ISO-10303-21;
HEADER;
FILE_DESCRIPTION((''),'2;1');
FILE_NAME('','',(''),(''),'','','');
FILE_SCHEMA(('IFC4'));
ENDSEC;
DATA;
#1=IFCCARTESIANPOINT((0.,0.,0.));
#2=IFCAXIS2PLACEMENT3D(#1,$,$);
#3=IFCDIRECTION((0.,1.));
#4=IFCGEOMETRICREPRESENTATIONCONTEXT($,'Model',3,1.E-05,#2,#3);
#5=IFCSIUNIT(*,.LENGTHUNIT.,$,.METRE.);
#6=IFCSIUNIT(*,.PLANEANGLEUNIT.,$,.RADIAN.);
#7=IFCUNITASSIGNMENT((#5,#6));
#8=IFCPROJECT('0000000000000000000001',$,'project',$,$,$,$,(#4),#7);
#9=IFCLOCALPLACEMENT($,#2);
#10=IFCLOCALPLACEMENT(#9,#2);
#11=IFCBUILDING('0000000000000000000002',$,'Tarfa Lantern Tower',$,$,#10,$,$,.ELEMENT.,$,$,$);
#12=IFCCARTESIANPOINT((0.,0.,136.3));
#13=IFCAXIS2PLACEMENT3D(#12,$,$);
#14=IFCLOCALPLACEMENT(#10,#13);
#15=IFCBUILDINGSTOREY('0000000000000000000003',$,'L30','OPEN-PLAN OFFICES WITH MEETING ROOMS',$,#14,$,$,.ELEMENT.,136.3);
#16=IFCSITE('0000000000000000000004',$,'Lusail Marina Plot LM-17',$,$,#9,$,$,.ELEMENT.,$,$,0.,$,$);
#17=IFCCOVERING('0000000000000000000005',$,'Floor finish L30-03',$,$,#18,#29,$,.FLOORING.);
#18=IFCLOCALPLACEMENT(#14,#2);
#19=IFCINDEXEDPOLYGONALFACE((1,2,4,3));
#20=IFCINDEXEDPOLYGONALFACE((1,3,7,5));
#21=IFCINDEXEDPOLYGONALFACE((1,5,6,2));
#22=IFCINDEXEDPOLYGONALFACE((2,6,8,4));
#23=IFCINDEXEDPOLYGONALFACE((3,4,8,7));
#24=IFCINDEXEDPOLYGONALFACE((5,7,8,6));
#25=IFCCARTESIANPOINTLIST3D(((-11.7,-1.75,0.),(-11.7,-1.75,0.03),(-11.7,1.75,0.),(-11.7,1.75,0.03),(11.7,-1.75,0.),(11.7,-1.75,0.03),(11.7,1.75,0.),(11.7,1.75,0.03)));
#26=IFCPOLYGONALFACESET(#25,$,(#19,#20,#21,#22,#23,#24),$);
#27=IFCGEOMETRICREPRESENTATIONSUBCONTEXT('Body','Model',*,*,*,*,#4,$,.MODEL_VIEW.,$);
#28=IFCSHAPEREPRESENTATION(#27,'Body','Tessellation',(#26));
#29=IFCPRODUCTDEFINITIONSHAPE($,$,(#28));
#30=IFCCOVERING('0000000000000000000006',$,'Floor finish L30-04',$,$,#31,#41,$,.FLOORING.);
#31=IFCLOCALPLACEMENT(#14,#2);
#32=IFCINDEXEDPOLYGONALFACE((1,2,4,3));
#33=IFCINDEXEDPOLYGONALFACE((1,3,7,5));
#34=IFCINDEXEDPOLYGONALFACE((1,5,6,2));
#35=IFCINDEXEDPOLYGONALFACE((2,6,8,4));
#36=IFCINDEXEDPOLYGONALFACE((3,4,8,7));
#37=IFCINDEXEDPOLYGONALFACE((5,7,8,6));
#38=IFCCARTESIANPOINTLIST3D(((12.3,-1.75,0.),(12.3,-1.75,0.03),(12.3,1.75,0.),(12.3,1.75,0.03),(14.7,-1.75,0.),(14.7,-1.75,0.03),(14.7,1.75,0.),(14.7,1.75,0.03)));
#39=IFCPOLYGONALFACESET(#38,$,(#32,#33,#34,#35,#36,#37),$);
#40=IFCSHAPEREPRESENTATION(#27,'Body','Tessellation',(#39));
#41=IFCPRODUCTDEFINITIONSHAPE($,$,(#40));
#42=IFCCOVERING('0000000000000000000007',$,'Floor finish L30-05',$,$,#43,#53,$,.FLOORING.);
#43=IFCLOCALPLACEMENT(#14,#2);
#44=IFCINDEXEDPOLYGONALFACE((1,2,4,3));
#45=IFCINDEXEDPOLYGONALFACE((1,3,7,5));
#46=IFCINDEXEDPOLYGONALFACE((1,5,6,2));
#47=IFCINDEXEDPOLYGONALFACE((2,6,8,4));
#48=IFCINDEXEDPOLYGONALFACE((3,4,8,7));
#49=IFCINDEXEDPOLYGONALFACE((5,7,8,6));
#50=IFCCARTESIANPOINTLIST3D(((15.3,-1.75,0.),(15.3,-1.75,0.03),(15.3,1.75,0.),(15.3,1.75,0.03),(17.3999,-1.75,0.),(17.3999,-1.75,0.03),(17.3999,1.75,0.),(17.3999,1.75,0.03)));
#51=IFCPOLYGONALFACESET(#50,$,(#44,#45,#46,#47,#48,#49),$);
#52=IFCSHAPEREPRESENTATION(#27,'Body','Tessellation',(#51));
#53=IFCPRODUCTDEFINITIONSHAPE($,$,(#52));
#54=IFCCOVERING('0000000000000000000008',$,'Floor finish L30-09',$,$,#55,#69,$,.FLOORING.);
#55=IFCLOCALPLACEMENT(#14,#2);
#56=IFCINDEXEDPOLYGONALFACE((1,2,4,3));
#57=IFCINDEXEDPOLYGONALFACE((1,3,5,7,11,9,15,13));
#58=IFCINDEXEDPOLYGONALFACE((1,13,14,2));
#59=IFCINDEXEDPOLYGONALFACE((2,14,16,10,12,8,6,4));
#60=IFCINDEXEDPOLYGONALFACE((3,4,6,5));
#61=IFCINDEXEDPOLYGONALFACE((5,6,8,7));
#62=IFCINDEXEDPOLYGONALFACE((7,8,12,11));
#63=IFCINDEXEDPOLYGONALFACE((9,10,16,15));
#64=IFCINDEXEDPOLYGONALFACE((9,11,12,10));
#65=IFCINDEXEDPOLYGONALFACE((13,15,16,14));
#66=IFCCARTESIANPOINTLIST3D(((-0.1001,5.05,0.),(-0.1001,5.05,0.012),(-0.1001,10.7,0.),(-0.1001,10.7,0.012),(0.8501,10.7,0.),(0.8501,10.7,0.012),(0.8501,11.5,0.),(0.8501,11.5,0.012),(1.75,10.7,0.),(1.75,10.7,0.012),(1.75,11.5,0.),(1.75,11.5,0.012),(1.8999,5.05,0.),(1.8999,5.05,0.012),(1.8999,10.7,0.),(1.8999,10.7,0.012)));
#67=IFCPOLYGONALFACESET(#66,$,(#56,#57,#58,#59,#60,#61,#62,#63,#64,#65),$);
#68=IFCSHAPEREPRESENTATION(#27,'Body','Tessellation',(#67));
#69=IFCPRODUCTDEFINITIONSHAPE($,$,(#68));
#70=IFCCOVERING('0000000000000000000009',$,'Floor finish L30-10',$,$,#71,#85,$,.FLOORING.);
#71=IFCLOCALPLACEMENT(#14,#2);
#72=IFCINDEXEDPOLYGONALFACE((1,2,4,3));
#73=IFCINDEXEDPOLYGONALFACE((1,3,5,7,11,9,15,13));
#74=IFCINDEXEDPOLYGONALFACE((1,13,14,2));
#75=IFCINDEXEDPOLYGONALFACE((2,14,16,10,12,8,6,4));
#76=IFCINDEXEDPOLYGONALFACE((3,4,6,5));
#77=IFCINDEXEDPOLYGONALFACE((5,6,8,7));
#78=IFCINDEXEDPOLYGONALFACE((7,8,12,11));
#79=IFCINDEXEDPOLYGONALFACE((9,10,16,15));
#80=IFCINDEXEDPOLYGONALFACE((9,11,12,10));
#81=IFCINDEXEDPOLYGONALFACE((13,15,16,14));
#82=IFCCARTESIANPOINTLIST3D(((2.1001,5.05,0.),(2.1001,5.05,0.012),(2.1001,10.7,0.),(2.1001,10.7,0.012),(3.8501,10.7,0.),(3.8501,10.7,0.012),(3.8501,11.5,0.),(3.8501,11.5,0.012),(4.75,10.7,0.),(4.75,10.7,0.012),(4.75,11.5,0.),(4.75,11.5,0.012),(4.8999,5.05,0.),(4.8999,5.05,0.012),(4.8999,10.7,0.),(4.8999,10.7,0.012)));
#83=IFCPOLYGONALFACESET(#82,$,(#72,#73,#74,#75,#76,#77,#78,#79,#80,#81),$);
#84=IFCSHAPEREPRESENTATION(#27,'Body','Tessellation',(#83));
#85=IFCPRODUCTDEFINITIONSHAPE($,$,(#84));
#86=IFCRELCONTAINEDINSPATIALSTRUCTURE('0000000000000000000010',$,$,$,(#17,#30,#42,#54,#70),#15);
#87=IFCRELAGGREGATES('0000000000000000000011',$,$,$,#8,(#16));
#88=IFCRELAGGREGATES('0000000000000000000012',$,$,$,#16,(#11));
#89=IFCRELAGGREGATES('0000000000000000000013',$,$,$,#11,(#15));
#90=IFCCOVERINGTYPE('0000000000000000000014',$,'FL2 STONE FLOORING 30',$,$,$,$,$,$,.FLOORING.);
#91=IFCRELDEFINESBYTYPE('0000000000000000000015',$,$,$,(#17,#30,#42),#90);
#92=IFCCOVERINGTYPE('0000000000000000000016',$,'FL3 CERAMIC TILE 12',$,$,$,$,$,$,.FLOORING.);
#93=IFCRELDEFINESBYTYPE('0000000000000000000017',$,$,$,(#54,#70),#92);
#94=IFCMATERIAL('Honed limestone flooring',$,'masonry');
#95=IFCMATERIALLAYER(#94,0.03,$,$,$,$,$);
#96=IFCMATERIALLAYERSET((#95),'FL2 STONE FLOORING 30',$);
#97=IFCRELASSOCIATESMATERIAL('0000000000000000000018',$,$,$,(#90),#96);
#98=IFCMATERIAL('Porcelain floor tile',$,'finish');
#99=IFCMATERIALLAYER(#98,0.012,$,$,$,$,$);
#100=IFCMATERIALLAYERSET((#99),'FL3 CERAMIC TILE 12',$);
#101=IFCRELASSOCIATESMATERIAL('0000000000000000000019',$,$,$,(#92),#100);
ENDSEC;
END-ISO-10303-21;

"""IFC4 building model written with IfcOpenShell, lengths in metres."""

from ifc_helpers import new_model, si_unit, direction, frame, origin, place, context, subcontext, project, spatial, polyline, outline, extrude, material, layer, layer_set, type_object, element, save


model = new_model("IFC4")

# Units and contexts
model_context = context("Model", 3, precision=1e-05, world=origin(), true_north=direction((0.0, 1.0)))
body_context = subcontext(model_context, "Body", "Model", "MODEL_VIEW")
ifc_project = project(units=[si_unit("LENGTHUNIT", "METRE"), si_unit("PLANEANGLEUNIT", "RADIAN")], contexts=[model_context])

# Site, building, storey
site_placement = place(None, origin())
site = spatial("IfcSite", under=ifc_project, at=site_placement, Name="Lusail Marina Plot LM-17", CompositionType="ELEMENT", RefElevation=0.0)
building_placement = place(site_placement, origin())
building = spatial("IfcBuilding", under=site, at=building_placement, Name="Tarfa Lantern Tower", CompositionType="ELEMENT")
storey_placement = place(building_placement, frame((0.0, 0.0, 136.3)))
storey = spatial("IfcBuildingStorey", under=building, at=storey_placement, Name="L30", Description="OPEN-PLAN OFFICES WITH MEETING ROOMS", CompositionType="ELEMENT", Elevation=136.3)

# Coverings
ifc_material_1 = material(Name="Honed limestone flooring", Category="masonry")
ifc_layer_1 = layer(ifc_material_1, 0.03)
ifc_layer_set_1 = layer_set([ifc_layer_1], Name="FL2 STONE FLOORING 30")
covering_type_1 = type_object("IfcCoveringType", Name="FL2 STONE FLOORING 30", PredefinedType="FLOORING", material=ifc_layer_set_1)
covering_1_placement = place(storey_placement, origin())
element("IfcCovering", 1, at=covering_1_placement, inside=storey, type_object=covering_type_1, Name="Floor finish L30-03", PredefinedType="FLOORING", context=body_context, shape_type="SweptSolid", body=[
    extrude(outline(polyline([(-11.7, -1.75), (11.7, -1.75), (11.7, 1.75), (-11.7, 1.75), (-11.7, -1.75)])), origin(), (0.0, 0.0, 1.0), 0.03),
])
covering_2_placement = place(storey_placement, origin())
element("IfcCovering", 2, at=covering_2_placement, inside=storey, type_object=covering_type_1, Name="Floor finish L30-04", PredefinedType="FLOORING", context=body_context, shape_type="SweptSolid", body=[
    extrude(outline(polyline([(12.3, -1.75), (14.7, -1.75), (14.7, 1.75), (12.3, 1.75), (12.3, -1.75)])), origin(), (0.0, 0.0, 1.0), 0.03),
])
covering_3_placement = place(storey_placement, origin())
element("IfcCovering", 3, at=covering_3_placement, inside=storey, type_object=covering_type_1, Name="Floor finish L30-05", PredefinedType="FLOORING", context=body_context, shape_type="SweptSolid", body=[
    extrude(outline(polyline([(15.3, -1.75), (17.3999, -1.75), (17.3999, 1.75), (15.3, 1.75), (15.3, -1.75)])), origin(), (0.0, 0.0, 1.0), 0.03),
])
ifc_material_2 = material(Name="Porcelain floor tile", Category="finish")
ifc_layer_2 = layer(ifc_material_2, 0.012)
ifc_layer_set_2 = layer_set([ifc_layer_2], Name="FL3 CERAMIC TILE 12")
covering_type_2 = type_object("IfcCoveringType", Name="FL3 CERAMIC TILE 12", PredefinedType="FLOORING", material=ifc_layer_set_2)
covering_4_placement = place(storey_placement, origin())
element("IfcCovering", 4, at=covering_4_placement, inside=storey, type_object=covering_type_2, Name="Floor finish L30-09", PredefinedType="FLOORING", context=body_context, shape_type="SweptSolid", body=[
    extrude(outline(polyline([(0.8501, 10.7), (-0.1001, 10.7), (-0.1001, 5.05), (1.8999, 5.05), (1.8999, 10.7), (1.75, 10.7), (1.75, 11.5), (1.75, 11.5), (0.8501, 11.5), (0.8501, 10.7)])), origin(), (0.0, 0.0, 1.0), 0.012),
])
covering_5_placement = place(storey_placement, origin())
element("IfcCovering", 5, at=covering_5_placement, inside=storey, type_object=covering_type_2, Name="Floor finish L30-10", PredefinedType="FLOORING", context=body_context, shape_type="SweptSolid", body=[
    extrude(outline(polyline([(2.1001, 5.05), (4.8999, 5.05), (4.8999, 10.7), (4.75, 10.7), (4.75, 11.5), (3.8501, 11.5), (3.8501, 10.7), (2.1001, 10.7), (2.1001, 5.05)])), origin(), (0.0, 0.0, 1.0), 0.012),
])

save(model, "model.ifc")
